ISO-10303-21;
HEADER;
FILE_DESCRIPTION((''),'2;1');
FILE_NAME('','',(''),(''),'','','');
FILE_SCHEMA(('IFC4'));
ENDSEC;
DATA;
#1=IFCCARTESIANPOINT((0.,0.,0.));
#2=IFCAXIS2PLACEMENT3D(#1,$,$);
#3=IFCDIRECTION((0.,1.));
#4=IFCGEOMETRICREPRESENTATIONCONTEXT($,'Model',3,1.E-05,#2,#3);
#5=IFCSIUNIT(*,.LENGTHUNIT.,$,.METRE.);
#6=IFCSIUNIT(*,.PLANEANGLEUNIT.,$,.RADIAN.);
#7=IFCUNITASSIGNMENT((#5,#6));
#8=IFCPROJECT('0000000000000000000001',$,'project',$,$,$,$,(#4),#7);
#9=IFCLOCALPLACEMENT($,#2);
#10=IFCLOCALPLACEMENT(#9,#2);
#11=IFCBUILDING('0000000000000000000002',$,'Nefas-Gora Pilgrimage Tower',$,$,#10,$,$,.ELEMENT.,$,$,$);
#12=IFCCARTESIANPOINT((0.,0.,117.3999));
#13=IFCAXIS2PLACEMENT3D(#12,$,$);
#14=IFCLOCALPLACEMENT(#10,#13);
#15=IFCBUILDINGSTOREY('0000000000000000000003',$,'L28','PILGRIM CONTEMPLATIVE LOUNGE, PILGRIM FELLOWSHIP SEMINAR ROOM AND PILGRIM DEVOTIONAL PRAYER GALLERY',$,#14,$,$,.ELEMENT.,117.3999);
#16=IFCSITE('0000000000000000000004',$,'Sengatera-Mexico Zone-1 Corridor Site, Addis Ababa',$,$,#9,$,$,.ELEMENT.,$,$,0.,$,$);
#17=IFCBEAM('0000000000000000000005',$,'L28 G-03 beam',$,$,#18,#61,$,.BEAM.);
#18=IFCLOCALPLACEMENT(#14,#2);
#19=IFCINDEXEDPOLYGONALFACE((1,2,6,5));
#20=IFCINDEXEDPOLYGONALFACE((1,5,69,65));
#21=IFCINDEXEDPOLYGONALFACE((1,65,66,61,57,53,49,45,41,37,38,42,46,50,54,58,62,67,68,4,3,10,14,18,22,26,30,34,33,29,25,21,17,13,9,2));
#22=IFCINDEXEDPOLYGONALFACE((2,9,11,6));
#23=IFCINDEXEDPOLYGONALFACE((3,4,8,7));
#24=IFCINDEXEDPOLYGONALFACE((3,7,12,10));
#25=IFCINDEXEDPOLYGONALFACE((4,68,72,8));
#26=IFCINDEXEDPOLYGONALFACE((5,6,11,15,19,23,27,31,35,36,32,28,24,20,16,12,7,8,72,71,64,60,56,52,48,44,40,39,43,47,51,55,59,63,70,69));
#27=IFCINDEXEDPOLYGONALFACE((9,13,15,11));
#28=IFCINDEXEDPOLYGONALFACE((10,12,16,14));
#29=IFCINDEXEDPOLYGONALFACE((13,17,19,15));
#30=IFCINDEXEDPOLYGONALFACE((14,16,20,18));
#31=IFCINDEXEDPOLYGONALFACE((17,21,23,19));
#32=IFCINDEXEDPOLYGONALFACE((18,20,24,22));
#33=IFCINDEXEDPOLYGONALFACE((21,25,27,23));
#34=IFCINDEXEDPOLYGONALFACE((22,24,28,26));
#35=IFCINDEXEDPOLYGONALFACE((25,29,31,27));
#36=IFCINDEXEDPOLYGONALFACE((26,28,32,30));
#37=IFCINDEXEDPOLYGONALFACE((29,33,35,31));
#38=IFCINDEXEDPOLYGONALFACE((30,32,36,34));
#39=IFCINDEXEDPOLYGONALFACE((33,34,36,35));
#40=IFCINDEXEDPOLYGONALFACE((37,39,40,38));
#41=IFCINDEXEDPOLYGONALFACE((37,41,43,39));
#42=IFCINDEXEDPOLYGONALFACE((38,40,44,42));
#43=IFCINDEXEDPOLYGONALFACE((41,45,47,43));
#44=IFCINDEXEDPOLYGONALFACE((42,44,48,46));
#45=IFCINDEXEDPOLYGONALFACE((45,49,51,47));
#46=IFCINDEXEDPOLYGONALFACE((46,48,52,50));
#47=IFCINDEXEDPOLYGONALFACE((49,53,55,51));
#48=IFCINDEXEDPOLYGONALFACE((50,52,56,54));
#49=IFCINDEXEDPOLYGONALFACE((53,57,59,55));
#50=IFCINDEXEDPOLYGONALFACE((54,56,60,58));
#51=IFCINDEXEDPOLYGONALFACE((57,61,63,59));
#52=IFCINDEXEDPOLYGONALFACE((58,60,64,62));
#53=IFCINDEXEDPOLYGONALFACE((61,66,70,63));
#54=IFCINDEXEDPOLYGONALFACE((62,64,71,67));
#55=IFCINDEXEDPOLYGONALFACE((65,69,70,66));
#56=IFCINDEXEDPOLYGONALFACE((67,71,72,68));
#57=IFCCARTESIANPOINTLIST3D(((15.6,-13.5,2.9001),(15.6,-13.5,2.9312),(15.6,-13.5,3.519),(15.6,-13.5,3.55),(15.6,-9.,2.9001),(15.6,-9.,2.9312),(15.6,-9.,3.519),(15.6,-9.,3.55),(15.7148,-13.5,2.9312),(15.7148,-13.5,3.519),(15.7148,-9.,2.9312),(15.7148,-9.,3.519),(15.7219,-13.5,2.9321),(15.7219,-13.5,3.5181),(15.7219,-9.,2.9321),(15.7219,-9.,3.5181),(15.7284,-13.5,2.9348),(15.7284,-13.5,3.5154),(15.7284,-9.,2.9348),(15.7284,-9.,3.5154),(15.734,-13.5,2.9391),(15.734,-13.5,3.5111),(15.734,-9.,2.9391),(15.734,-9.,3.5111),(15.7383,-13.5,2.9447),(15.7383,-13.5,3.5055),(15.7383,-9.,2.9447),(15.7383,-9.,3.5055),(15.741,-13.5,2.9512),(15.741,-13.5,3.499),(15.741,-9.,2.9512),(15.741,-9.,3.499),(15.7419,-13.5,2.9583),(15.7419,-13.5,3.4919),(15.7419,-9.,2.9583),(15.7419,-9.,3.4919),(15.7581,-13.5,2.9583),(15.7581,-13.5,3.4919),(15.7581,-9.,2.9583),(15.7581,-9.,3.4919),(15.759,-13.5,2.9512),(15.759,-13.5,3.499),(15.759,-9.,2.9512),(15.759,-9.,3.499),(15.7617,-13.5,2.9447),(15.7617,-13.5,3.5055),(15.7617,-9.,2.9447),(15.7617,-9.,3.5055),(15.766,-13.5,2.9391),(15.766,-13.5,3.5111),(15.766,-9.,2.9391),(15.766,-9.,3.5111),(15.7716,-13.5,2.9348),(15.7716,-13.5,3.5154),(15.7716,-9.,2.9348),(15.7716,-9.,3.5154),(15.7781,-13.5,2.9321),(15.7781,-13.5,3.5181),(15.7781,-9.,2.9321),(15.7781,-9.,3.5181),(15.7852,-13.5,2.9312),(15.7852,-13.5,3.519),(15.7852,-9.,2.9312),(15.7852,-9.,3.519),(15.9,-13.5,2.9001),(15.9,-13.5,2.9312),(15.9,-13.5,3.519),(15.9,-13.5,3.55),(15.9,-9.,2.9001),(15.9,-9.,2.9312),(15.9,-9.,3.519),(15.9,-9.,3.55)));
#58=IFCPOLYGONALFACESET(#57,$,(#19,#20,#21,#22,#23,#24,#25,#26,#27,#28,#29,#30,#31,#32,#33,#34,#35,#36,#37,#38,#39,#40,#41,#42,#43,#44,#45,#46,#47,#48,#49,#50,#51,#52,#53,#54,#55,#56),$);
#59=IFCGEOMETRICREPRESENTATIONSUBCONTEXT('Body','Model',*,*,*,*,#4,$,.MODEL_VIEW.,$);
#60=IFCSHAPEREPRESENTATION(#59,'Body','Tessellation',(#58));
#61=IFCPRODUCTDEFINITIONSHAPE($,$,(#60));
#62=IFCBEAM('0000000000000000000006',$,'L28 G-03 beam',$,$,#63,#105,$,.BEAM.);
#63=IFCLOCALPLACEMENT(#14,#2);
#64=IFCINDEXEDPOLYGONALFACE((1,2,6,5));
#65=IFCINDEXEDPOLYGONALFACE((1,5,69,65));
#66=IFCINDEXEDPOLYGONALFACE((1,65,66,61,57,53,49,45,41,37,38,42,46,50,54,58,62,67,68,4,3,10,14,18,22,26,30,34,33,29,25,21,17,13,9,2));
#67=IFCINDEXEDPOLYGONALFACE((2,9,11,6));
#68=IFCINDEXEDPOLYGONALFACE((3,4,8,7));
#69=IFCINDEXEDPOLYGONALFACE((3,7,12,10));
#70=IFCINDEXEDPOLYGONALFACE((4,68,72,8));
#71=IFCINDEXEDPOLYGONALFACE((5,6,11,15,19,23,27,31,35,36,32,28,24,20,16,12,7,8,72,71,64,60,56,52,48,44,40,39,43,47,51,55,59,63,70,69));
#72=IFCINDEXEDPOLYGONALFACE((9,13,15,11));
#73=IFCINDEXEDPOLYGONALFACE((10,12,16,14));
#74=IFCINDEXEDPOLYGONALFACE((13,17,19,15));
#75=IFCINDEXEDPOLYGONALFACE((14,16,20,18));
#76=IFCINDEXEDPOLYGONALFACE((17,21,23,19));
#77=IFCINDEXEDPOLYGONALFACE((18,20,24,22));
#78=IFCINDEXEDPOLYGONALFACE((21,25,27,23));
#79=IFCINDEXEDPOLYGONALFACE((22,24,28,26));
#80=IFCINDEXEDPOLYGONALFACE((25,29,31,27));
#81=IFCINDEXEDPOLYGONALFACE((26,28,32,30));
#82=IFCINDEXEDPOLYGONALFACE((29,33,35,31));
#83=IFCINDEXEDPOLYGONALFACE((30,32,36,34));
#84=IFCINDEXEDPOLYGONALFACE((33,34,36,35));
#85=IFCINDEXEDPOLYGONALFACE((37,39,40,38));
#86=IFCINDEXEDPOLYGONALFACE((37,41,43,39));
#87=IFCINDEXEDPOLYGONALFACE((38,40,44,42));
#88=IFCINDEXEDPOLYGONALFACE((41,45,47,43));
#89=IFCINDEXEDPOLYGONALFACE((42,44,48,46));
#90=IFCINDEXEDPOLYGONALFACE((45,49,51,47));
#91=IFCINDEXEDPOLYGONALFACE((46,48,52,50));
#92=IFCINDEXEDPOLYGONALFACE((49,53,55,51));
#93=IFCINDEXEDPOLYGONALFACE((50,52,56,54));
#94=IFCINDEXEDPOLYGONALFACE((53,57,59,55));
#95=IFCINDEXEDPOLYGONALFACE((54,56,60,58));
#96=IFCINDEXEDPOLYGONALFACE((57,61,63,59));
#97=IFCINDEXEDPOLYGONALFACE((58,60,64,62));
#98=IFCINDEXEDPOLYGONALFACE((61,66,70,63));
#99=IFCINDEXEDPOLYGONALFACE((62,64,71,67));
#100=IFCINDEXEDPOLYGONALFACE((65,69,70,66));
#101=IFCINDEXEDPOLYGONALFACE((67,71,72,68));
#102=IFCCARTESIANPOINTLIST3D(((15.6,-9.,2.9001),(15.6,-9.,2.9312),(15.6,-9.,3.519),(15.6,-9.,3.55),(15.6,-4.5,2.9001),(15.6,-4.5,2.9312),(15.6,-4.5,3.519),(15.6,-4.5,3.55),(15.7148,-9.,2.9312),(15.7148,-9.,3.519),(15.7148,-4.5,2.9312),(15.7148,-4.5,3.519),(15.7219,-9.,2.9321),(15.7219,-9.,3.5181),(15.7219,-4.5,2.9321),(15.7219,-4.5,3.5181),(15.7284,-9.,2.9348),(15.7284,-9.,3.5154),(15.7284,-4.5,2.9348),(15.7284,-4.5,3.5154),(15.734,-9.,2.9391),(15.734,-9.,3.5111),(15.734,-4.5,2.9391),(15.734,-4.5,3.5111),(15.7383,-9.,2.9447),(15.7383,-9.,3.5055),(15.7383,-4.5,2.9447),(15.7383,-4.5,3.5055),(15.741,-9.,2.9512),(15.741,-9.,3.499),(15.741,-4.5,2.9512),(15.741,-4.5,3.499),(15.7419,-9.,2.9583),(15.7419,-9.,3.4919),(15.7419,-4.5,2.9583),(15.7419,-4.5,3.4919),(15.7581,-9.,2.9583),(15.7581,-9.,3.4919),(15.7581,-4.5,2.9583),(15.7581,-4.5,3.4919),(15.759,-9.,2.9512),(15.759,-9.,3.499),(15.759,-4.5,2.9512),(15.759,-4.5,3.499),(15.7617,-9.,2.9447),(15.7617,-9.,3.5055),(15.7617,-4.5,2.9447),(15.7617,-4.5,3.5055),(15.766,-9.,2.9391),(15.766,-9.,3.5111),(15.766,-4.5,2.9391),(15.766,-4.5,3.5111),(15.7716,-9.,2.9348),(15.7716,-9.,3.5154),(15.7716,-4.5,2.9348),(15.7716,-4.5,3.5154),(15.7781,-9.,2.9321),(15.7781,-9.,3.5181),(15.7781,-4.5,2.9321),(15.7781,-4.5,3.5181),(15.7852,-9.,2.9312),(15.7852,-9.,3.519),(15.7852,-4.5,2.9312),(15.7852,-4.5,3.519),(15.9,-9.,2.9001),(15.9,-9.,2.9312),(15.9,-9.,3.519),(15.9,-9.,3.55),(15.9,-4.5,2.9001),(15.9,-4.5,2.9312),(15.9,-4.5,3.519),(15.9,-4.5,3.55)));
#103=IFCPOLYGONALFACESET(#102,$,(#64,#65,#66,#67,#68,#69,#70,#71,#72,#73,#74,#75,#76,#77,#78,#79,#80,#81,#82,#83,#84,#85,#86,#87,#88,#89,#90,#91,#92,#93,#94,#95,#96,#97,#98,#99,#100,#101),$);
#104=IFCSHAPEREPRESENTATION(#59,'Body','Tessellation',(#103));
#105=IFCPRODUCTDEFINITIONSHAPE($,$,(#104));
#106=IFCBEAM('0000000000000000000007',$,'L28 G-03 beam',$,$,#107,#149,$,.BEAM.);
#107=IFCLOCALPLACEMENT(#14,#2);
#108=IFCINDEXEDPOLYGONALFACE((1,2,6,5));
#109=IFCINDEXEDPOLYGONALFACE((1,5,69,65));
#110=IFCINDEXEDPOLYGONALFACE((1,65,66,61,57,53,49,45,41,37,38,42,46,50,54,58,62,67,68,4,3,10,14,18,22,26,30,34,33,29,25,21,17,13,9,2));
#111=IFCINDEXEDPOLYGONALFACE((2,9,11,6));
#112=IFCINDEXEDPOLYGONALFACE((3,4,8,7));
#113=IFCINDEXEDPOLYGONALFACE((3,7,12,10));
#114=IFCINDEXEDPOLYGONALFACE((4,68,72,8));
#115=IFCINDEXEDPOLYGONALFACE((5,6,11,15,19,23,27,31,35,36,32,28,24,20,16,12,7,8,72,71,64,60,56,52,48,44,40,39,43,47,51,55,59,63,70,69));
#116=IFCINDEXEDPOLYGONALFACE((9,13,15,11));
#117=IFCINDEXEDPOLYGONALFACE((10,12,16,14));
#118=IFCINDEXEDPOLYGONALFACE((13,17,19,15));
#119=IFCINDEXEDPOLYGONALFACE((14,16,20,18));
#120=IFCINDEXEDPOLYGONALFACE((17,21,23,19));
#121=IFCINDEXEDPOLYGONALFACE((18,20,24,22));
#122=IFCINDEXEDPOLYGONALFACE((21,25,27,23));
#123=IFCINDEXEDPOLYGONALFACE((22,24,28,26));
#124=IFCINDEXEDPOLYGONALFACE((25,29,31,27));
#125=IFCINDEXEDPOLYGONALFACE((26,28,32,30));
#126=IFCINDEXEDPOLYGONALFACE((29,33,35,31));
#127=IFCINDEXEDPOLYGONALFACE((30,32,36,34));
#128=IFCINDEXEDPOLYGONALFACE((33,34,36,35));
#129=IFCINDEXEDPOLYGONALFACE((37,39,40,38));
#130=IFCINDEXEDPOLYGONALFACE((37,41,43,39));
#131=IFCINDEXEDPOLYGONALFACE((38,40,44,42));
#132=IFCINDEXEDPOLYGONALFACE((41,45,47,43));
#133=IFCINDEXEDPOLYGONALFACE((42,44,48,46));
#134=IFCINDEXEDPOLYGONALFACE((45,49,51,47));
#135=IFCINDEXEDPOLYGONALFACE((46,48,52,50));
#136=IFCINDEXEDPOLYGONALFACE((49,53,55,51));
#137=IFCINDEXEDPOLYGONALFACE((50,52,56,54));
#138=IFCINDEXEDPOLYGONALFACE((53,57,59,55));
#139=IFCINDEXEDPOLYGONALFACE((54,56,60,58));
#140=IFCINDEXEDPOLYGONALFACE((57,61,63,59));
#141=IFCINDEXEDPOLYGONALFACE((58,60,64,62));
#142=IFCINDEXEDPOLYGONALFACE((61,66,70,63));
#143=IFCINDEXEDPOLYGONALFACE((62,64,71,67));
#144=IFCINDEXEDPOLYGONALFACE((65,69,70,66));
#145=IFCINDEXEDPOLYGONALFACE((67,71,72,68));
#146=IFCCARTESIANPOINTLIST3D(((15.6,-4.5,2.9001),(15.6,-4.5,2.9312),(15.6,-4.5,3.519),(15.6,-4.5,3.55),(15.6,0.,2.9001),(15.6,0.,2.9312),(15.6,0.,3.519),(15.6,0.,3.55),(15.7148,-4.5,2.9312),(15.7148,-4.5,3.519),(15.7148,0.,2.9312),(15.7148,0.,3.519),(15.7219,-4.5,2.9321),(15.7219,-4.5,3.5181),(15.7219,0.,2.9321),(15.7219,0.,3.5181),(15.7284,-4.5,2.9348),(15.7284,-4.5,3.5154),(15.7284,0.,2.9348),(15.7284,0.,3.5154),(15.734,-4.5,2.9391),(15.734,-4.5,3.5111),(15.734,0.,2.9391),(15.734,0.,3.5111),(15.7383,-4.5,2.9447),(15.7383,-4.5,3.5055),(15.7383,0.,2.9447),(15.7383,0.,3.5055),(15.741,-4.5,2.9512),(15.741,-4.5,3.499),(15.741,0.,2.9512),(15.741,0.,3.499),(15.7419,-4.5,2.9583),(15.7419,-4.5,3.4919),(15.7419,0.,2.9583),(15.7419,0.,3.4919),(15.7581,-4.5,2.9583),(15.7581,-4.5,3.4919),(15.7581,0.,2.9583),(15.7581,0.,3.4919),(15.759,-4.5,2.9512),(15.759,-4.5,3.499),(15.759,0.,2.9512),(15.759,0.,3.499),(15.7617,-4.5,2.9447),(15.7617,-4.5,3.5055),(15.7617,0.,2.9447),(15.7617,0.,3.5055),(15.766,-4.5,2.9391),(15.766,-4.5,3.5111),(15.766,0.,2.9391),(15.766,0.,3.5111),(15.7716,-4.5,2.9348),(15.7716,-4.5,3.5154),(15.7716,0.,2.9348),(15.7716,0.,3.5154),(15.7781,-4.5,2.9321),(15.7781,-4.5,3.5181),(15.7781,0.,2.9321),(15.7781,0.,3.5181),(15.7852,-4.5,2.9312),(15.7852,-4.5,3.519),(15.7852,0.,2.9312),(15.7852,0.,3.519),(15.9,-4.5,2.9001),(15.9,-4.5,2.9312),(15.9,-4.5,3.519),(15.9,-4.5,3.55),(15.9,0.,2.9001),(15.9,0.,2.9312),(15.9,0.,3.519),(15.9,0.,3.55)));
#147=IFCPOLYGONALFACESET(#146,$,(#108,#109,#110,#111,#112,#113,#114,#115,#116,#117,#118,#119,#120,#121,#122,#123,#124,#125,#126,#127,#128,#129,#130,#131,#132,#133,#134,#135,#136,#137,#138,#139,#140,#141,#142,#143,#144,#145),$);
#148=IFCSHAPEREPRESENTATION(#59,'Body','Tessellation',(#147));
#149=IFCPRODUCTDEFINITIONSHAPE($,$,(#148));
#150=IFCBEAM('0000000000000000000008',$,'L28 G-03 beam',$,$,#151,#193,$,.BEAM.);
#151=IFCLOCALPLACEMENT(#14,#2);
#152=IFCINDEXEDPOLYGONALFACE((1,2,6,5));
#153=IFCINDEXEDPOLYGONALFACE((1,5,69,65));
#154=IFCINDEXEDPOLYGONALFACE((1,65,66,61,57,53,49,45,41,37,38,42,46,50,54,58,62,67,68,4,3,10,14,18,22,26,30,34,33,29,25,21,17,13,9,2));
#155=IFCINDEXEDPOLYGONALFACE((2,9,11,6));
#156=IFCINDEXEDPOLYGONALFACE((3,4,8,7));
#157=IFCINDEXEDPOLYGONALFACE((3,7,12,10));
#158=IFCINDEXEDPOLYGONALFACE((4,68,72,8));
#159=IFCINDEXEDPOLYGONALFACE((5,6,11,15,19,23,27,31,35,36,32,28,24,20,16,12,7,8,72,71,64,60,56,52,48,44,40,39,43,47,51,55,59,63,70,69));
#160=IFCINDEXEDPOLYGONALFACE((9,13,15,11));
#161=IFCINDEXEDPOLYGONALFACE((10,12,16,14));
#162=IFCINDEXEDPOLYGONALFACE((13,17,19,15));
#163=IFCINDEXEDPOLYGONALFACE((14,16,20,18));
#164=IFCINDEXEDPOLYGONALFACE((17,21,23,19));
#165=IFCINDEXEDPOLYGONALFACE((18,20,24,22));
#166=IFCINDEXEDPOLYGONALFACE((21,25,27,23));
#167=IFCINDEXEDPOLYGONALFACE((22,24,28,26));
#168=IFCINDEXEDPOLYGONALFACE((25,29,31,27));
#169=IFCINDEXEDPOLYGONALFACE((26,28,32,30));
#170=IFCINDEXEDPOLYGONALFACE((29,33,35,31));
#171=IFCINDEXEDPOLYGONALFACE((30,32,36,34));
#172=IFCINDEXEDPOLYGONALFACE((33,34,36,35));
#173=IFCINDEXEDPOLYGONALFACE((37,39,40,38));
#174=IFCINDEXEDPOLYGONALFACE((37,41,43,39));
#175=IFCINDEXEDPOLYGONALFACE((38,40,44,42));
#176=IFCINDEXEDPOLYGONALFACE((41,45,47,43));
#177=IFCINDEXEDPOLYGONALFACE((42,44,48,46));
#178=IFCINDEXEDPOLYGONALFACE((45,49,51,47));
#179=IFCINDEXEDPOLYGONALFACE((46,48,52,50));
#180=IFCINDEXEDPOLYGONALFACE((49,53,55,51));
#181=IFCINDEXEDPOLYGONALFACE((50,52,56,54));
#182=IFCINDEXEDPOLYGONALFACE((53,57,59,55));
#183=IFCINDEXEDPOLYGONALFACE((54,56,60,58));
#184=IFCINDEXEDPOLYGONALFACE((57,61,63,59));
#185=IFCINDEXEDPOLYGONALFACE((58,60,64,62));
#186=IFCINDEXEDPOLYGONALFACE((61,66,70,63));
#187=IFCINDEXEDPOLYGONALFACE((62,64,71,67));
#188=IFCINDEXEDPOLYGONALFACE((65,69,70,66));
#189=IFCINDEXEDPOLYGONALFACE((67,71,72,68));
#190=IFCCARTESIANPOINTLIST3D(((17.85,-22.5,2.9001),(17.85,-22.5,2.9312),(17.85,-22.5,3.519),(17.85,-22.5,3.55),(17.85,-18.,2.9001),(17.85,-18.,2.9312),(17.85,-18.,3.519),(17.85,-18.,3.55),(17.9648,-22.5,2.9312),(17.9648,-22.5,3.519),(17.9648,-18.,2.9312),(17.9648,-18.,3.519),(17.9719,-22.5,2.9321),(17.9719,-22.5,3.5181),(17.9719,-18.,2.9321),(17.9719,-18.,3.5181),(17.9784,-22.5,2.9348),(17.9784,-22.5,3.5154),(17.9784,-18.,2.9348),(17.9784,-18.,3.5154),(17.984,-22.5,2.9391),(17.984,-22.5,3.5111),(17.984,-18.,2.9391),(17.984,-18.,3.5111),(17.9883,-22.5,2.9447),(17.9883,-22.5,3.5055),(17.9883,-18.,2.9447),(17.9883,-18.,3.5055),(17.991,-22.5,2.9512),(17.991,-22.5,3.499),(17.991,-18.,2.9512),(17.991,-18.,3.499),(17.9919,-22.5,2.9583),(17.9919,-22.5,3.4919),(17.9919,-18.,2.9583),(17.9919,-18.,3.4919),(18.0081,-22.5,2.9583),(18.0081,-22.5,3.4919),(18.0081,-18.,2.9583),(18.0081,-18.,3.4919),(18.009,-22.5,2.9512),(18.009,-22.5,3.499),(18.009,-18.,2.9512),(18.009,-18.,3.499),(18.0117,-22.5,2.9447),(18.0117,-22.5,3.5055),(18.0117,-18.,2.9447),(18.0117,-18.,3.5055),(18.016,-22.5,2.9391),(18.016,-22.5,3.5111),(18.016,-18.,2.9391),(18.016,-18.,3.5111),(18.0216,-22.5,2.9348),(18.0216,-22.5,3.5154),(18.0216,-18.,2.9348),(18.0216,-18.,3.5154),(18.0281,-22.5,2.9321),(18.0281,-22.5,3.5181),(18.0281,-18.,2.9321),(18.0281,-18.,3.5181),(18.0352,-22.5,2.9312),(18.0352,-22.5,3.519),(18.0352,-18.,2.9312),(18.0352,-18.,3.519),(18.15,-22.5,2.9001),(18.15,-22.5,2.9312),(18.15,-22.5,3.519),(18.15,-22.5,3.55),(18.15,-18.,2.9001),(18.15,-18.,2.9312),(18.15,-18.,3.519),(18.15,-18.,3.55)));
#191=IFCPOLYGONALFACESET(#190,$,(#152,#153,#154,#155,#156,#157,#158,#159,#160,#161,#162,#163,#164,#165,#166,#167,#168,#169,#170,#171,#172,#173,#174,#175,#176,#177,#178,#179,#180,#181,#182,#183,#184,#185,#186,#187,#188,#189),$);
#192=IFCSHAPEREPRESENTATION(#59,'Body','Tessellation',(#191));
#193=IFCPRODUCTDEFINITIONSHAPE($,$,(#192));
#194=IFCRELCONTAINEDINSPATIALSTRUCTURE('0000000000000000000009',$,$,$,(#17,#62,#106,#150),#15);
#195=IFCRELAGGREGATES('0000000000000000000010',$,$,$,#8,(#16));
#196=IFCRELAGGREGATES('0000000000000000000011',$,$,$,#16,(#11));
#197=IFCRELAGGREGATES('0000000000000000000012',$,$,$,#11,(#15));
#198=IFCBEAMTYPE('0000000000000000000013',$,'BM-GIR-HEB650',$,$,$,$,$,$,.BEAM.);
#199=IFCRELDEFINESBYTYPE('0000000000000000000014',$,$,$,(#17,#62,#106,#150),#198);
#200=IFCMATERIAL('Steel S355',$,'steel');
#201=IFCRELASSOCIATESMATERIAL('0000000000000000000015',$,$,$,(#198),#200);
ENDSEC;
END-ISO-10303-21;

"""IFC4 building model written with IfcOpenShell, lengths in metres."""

from ifc_helpers import new_model, si_unit, direction, frame, origin, origin_2d, place, context, subcontext, project, spatial, i_section, extrude, source, transform, mapped, material, material_profile, profile_set, type_object, element, save


model = new_model("IFC4")

# Units and contexts
model_context = context("Model", 3, precision=1e-05, world=origin(), true_north=direction((0.0, 1.0)))
body_context = subcontext(model_context, "Body", "Model", "MODEL_VIEW")
ifc_project = project(units=[si_unit("LENGTHUNIT", "METRE"), si_unit("PLANEANGLEUNIT", "RADIAN")], contexts=[model_context])

# Site, building, storey
site_placement = place(None, origin())
site = spatial("IfcSite", under=ifc_project, at=site_placement, Name="Sengatera-Mexico Zone-1 Corridor Site, Addis Ababa", CompositionType="ELEMENT", RefElevation=0.0)
building_placement = place(site_placement, origin())
building = spatial("IfcBuilding", under=site, at=building_placement, Name="Nefas-Gora Pilgrimage Tower", CompositionType="ELEMENT")
storey_placement = place(building_placement, frame((0.0, 0.0, 117.3999)))
storey = spatial("IfcBuildingStorey", under=building, at=storey_placement, Name="L28", Description="PILGRIM CONTEMPLATIVE LOUNGE, PILGRIM FELLOWSHIP SEMINAR ROOM AND PILGRIM DEVOTIONAL PRAYER GALLERY", CompositionType="ELEMENT", Elevation=117.3999)

# Beams
ifc_material_1 = material(Name="Steel S355", Category="steel")
ifc_material_profile_1 = material_profile(ifc_material_1, i_section(OverallWidth=0.3, OverallDepth=0.6499, WebThickness=0.0161, FlangeThickness=0.031, FilletRadius=0.0271, at=origin_2d()), Name="HEB 650")
ifc_profile_set_1 = profile_set([ifc_material_profile_1], Name="Steel S355")
beam_type_1 = type_object("IfcBeamType", Name="BM-GIR-HEB650", PredefinedType="BEAM", material=ifc_profile_set_1)
shared_shape_1 = source(origin(), body_context, "Body", "SweptSolid", [
    extrude(i_section(OverallWidth=0.3, OverallDepth=0.6499, WebThickness=0.0161, FlangeThickness=0.031, FilletRadius=0.0271, at=origin_2d()), origin(), (0.0, 0.0, 1.0), 4.5),
])
for number, where, z_axis, x_axis, name in (
    (1, (15.75, -13.5, 3.2251), (0.0, 1.0, 0.0), (-1.0, 0.0, 0.0), "L28 G-03 beam"),
    (2, (15.75, -9.0, 3.2251), (0.0, 1.0, 0.0), (-1.0, 0.0, 0.0), "L28 G-03 beam"),
    (3, (15.75, -4.5, 3.2251), (0.0, 1.0, 0.0), (-1.0, 0.0, 0.0), "L28 G-03 beam"),
    (4, (18.0, -22.5, 3.2251), (0.0, 1.0, 0.0), (-1.0, 0.0, 0.0), "L28 G-03 beam"),
):
    element("IfcBeam", number, at=place(storey_placement, frame(where, z_axis=z_axis, x_axis=x_axis)), inside=storey, type_object=beam_type_1, Name=name, PredefinedType="BEAM", context=body_context, shape_type="MappedRepresentation", body=[
        mapped(shared_shape_1, transform((0.0, 0.0, 0.0), x_axis=(1.0, 0.0, 0.0), y_axis=(0.0, 1.0, 0.0), z_axis=(0.0, 0.0, 1.0), scale=1.0)),
    ])

save(model, "model.ifc")
